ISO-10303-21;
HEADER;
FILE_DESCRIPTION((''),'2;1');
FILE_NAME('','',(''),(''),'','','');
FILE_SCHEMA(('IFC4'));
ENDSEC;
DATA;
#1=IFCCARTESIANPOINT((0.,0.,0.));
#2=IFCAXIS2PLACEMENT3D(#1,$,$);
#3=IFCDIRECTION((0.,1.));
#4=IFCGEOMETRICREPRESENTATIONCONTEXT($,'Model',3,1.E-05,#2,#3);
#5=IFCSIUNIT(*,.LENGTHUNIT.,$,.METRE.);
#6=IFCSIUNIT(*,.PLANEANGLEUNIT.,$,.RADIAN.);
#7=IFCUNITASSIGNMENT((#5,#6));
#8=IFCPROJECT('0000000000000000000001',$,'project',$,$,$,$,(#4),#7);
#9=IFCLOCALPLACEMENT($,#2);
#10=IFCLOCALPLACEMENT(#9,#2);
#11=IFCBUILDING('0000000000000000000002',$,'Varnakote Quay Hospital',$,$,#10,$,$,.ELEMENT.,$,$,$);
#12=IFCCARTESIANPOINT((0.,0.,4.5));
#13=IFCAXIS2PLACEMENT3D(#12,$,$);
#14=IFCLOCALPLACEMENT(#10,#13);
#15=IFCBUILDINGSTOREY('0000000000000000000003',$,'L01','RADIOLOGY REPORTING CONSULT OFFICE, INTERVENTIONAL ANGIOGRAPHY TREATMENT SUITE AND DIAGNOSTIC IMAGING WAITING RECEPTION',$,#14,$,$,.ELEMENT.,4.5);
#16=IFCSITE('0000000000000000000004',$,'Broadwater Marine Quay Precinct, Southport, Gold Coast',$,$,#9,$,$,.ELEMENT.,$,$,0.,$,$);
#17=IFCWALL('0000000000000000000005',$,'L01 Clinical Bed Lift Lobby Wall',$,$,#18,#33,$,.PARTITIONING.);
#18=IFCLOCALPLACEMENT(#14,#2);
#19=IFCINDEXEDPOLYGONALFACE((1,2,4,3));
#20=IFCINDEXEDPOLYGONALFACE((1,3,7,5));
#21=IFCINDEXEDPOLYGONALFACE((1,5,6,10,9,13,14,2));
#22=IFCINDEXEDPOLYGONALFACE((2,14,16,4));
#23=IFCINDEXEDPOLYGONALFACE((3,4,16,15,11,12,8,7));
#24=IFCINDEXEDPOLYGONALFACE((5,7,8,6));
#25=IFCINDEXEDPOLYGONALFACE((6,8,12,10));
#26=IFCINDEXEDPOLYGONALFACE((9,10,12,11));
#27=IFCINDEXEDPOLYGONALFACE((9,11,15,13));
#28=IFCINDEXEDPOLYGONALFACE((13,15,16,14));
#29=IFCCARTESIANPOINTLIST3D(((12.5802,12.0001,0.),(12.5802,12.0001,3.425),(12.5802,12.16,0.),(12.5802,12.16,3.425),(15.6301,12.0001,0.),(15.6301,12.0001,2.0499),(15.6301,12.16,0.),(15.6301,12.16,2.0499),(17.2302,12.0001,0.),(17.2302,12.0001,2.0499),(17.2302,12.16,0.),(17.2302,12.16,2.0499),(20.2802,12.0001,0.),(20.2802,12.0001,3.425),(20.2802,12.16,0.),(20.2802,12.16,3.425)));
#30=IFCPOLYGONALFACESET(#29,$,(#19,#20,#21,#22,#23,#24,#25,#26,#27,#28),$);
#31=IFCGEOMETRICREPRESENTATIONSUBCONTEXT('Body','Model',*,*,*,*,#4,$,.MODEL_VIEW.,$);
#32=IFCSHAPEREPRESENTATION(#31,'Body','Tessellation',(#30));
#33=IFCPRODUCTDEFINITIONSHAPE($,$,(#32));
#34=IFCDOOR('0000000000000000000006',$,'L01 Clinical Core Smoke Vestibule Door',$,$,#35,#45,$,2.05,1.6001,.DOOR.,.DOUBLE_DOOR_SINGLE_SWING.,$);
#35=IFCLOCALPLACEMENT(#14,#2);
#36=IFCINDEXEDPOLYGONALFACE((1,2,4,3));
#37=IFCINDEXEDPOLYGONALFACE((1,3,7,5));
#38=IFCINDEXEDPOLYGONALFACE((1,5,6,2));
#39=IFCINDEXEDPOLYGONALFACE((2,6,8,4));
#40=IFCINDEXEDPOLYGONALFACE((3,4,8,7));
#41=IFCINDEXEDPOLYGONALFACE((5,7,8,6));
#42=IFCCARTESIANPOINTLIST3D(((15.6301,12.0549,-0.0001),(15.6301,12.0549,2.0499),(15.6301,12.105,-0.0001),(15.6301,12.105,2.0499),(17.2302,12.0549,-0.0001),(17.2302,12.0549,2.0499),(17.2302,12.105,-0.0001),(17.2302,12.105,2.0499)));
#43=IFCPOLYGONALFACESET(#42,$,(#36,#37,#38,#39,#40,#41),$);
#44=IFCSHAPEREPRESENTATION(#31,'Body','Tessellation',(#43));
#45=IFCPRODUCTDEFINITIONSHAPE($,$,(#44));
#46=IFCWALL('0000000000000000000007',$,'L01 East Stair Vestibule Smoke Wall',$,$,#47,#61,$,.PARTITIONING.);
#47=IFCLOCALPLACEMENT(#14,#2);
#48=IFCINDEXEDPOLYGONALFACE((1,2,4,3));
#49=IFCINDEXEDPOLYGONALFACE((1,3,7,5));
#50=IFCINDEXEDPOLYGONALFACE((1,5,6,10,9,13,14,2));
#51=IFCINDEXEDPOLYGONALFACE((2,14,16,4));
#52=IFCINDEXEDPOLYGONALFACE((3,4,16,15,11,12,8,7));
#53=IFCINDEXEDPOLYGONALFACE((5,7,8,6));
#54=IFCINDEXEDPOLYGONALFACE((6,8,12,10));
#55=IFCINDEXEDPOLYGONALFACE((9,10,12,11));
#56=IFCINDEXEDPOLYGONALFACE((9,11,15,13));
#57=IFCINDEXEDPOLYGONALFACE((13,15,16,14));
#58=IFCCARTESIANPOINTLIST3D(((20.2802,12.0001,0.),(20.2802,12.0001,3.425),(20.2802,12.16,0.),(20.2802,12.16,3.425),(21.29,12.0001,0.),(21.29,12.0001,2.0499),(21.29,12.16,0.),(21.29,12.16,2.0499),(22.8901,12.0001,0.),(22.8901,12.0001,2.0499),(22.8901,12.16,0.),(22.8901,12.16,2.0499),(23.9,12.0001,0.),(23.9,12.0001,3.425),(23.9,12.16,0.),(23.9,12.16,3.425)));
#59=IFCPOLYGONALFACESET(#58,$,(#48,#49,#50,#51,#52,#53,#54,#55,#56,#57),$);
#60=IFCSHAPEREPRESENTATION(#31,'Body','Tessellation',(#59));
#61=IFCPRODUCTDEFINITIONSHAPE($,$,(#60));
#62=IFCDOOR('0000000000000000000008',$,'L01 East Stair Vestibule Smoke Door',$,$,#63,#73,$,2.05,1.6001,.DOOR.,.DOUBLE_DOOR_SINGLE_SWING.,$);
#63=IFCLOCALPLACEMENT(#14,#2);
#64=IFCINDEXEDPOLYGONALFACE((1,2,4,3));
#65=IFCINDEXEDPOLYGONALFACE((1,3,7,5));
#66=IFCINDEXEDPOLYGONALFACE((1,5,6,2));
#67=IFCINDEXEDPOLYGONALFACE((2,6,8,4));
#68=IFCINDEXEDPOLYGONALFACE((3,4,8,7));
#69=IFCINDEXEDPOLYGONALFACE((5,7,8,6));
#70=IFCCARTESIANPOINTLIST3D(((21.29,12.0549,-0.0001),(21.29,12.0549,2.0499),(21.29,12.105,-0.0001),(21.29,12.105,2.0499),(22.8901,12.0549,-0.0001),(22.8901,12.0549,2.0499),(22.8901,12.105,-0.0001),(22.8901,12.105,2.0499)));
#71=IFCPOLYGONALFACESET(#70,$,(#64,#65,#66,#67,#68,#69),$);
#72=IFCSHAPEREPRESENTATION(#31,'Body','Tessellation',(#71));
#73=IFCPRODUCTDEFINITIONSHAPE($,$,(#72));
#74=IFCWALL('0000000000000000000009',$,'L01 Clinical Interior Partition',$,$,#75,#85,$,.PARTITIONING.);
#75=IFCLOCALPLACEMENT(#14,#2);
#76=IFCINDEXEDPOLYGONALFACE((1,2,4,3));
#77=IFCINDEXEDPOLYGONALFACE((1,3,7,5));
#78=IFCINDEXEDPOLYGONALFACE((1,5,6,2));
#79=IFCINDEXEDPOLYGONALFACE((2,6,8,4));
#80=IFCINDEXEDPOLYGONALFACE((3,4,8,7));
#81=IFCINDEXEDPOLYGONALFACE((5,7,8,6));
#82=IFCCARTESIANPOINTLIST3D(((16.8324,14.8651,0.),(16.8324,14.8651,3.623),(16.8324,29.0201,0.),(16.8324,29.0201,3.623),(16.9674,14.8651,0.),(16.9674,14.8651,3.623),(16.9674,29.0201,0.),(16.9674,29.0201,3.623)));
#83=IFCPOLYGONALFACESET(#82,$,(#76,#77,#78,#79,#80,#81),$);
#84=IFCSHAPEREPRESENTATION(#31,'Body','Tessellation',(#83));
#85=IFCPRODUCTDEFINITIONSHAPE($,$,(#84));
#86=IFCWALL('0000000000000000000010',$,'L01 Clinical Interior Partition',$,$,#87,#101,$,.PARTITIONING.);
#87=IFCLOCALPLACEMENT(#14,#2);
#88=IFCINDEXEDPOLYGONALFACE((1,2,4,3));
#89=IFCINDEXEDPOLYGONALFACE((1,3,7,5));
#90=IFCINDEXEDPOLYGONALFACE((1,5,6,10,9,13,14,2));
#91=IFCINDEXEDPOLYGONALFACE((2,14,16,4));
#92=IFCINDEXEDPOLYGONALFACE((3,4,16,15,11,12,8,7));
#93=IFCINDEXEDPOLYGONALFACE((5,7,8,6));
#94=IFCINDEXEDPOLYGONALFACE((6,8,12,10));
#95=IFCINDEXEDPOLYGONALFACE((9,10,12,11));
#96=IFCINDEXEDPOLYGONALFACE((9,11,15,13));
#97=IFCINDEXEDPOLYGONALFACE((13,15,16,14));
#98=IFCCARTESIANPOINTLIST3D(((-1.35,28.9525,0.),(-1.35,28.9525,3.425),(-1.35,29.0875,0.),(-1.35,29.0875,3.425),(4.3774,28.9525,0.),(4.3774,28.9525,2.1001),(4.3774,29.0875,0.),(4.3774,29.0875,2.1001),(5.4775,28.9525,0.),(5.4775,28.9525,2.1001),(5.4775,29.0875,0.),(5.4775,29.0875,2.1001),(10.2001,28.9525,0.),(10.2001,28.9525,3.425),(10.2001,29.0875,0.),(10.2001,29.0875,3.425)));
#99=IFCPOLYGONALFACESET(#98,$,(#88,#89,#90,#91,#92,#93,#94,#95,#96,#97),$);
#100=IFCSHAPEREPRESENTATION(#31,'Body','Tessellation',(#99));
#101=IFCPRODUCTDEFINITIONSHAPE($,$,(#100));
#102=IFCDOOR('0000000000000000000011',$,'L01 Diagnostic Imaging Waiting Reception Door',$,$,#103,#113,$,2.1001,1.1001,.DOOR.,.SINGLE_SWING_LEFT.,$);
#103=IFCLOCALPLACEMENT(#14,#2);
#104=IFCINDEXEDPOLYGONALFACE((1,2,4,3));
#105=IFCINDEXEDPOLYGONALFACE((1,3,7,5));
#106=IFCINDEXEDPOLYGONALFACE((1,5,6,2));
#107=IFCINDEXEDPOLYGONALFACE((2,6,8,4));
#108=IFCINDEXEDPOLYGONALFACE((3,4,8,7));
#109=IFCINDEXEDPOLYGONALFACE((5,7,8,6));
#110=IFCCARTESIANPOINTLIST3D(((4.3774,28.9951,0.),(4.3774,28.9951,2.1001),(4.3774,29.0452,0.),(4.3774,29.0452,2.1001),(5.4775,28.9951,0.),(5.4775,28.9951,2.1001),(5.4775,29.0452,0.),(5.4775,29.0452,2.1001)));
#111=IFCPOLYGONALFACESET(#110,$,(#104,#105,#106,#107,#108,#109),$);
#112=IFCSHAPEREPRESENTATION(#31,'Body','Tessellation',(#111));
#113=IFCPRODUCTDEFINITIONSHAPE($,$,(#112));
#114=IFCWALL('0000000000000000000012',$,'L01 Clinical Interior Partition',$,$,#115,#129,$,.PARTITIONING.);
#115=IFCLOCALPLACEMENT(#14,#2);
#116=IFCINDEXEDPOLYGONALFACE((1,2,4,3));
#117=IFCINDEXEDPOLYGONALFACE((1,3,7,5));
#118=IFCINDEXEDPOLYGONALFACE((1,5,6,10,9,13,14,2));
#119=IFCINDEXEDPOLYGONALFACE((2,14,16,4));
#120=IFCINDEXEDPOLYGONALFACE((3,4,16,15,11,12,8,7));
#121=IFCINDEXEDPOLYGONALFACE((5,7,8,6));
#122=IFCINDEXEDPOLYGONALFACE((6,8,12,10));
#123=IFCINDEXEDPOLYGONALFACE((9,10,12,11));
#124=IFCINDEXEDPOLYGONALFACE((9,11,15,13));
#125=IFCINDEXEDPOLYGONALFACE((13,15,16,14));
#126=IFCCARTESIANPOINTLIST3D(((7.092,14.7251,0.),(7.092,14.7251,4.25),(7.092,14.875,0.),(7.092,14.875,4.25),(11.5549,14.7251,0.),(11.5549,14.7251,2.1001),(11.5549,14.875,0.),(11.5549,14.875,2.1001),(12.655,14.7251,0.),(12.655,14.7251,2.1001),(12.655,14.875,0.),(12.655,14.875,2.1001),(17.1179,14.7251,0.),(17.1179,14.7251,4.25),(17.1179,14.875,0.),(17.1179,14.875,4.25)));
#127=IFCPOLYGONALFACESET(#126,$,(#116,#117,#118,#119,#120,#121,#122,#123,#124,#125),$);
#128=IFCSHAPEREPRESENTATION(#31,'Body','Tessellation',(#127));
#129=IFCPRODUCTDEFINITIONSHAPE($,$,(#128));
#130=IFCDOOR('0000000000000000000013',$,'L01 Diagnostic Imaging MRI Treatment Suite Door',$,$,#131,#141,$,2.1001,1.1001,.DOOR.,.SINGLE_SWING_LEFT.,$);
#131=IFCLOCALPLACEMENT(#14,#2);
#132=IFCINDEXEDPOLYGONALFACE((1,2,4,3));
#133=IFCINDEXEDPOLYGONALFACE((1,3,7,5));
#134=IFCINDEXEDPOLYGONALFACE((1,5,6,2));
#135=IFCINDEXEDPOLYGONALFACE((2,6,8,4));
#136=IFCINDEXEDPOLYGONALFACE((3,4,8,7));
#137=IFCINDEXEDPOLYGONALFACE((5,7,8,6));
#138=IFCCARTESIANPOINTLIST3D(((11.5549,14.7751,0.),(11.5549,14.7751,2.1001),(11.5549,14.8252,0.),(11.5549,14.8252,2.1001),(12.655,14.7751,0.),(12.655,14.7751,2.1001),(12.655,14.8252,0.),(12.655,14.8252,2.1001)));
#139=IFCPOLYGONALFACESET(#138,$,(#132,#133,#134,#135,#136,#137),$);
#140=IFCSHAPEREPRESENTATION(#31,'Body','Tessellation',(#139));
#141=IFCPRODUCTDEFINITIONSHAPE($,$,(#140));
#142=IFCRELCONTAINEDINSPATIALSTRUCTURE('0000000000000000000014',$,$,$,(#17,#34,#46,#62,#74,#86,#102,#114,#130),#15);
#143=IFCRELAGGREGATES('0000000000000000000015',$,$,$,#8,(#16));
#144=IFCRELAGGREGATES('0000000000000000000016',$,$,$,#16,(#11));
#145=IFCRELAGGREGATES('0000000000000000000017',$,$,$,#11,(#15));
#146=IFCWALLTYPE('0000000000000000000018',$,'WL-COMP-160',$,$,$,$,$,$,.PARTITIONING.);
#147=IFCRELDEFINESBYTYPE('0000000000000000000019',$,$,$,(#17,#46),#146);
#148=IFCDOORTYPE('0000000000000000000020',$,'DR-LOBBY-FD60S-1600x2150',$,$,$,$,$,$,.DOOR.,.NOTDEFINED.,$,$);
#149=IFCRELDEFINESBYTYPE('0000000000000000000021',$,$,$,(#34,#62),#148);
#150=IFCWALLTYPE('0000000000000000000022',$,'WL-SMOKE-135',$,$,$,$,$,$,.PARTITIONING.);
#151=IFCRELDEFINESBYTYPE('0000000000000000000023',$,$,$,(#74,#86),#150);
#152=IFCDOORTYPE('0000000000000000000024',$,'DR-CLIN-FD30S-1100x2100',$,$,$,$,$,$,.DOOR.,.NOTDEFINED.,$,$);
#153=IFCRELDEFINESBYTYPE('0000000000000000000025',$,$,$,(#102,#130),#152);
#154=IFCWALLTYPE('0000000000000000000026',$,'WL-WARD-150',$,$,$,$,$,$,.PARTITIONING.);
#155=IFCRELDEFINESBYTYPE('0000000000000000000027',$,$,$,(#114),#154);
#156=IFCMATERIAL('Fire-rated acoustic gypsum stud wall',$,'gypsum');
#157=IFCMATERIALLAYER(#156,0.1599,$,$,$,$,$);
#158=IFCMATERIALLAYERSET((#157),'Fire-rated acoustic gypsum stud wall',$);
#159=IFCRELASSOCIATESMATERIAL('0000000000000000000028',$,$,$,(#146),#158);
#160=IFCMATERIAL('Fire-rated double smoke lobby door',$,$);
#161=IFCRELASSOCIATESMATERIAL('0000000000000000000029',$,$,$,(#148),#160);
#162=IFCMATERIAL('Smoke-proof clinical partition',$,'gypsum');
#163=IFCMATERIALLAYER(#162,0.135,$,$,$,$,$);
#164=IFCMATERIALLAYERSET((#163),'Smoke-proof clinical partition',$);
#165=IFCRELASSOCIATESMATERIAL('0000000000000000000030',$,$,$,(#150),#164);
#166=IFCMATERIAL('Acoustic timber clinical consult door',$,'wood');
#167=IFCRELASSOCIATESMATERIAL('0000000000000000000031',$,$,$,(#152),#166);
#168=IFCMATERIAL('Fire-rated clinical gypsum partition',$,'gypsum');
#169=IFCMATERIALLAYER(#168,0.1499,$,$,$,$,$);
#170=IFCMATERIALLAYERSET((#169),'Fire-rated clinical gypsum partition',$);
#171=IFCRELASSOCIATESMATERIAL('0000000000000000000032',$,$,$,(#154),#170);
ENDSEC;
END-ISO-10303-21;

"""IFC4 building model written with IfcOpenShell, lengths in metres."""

from ifc_helpers import new_model, si_unit, direction, frame, frame_2d, origin, place, context, subcontext, project, spatial, rectangle, extrude, material, layer, layer_set, type_object, element, fill, save


model = new_model("IFC4")

# Units and contexts
model_context = context("Model", 3, precision=1e-05, world=origin(), true_north=direction((0.0, 1.0)))
body_context = subcontext(model_context, "Body", "Model", "MODEL_VIEW")
ifc_project = project(units=[si_unit("LENGTHUNIT", "METRE"), si_unit("PLANEANGLEUNIT", "RADIAN")], contexts=[model_context])

# Site, building, storey
site_placement = place(None, origin())
site = spatial("IfcSite", under=ifc_project, at=site_placement, Name="Broadwater Marine Quay Precinct, Southport, Gold Coast", CompositionType="ELEMENT", RefElevation=0.0)
building_placement = place(site_placement, origin())
building = spatial("IfcBuilding", under=site, at=building_placement, Name="Varnakote Quay Hospital", CompositionType="ELEMENT")
storey_placement = place(building_placement, frame((0.0, 0.0, 4.5)))
storey = spatial("IfcBuildingStorey", under=building, at=storey_placement, Name="L01", Description="RADIOLOGY REPORTING CONSULT OFFICE, INTERVENTIONAL ANGIOGRAPHY TREATMENT SUITE AND DIAGNOSTIC IMAGING WAITING RECEPTION", CompositionType="ELEMENT", Elevation=4.5)

# Walls, openings, doors
ifc_material_1 = material(Name="Fire-rated acoustic gypsum stud wall", Category="gypsum")
ifc_layer_1 = layer(ifc_material_1, 0.1599)
ifc_layer_set_1 = layer_set([ifc_layer_1], Name="Fire-rated acoustic gypsum stud wall")
wall_type_1 = type_object("IfcWallType", Name="WL-COMP-160", PredefinedType="PARTITIONING", material=ifc_layer_set_1)
wall_1_placement = place(storey_placement, frame((12.5801, 12.0801, 0.0), z_axis=(0.0, 0.0, 1.0), x_axis=(1.0, 0.0, 0.0)))
wall_1 = element("IfcWall", 1, at=wall_1_placement, inside=storey, type_object=wall_type_1, Name="L01 Clinical Bed Lift Lobby Wall", PredefinedType="PARTITIONING", context=body_context, shape_type="SweptSolid", body=[
    extrude(rectangle(XDim=7.7, YDim=0.1599, at=frame_2d((3.8501, 0.0))), origin(), (0.0, 0.0, 1.0), 3.425),
])
opening_1_placement = place(wall_1_placement, frame((3.05, 0.0, 0.0)))
opening_1 = element("IfcOpeningElement", 2, at=opening_1_placement, cuts=wall_1, PredefinedType="OPENING", context=body_context, shape_type="SweptSolid", body=[
    extrude(rectangle(XDim=1.6001, YDim=2.05, at=frame_2d((0.8, 1.0249))), frame((0.0, 0.0898, 0.0), z_axis=(0.0, -1.0, 0.0), x_axis=(1.0, 0.0, 0.0)), (0.0, 0.0, 1.0), 0.1799),
])
ifc_material_2 = material(Name="Fire-rated double smoke lobby door")
door_type_1 = type_object("IfcDoorType", Name="DR-LOBBY-FD60S-1600x2150", OperationType="NOTDEFINED", PredefinedType="DOOR", material=ifc_material_2)
door_1_placement = place(opening_1_placement, origin())
door_1 = element("IfcDoor", 3, at=door_1_placement, inside=storey, type_object=door_type_1, Name="L01 Clinical Core Smoke Vestibule Door", OperationType="DOUBLE_DOOR_SINGLE_SWING", OverallHeight=2.05, OverallWidth=1.6001, PredefinedType="DOOR", context=body_context, shape_type="SweptSolid", body=[
    extrude(rectangle(XDim=1.6001, YDim=2.05, at=frame_2d((0.8, 1.0249))), frame((0.0, 0.0249, 0.0), z_axis=(0.0, -1.0, 0.0), x_axis=(1.0, 0.0, 0.0)), (0.0, 0.0, 1.0), 0.05),
])
fill(opening_1, door_1)
wall_2_placement = place(storey_placement, frame((20.28, 12.0801, 0.0), z_axis=(0.0, 0.0, 1.0), x_axis=(1.0, 0.0, 0.0)))
wall_2 = element("IfcWall", 4, at=wall_2_placement, inside=storey, type_object=wall_type_1, Name="L01 East Stair Vestibule Smoke Wall", PredefinedType="PARTITIONING", context=body_context, shape_type="SweptSolid", body=[
    extrude(rectangle(XDim=3.6199, YDim=0.1599, at=frame_2d((1.8101, 0.0))), origin(), (0.0, 0.0, 1.0), 3.425),
])
opening_2_placement = place(wall_2_placement, frame((1.01, 0.0, 0.0)))
opening_2 = element("IfcOpeningElement", 5, at=opening_2_placement, cuts=wall_2, PredefinedType="OPENING", context=body_context, shape_type="SweptSolid", body=[
    extrude(rectangle(XDim=1.6001, YDim=2.05, at=frame_2d((0.8, 1.0249))), frame((0.0, 0.0898, 0.0), z_axis=(0.0, -1.0, 0.0), x_axis=(1.0, 0.0, 0.0)), (0.0, 0.0, 1.0), 0.1799),
])
door_2_placement = place(opening_2_placement, origin())
door_2 = element("IfcDoor", 6, at=door_2_placement, inside=storey, type_object=door_type_1, Name="L01 East Stair Vestibule Smoke Door", OperationType="DOUBLE_DOOR_SINGLE_SWING", OverallHeight=2.05, OverallWidth=1.6001, PredefinedType="DOOR", context=body_context, shape_type="SweptSolid", body=[
    extrude(rectangle(XDim=1.6001, YDim=2.05, at=frame_2d((0.8, 1.0249))), frame((0.0, 0.0249, 0.0), z_axis=(0.0, -1.0, 0.0), x_axis=(1.0, 0.0, 0.0)), (0.0, 0.0, 1.0), 0.05),
])
fill(opening_2, door_2)

# Wall
ifc_material_3 = material(Name="Smoke-proof clinical partition", Category="gypsum")
ifc_layer_2 = layer(ifc_material_3, 0.135)
ifc_layer_set_2 = layer_set([ifc_layer_2], Name="Smoke-proof clinical partition")
wall_type_2 = type_object("IfcWallType", Name="WL-SMOKE-135", PredefinedType="PARTITIONING", material=ifc_layer_set_2)
wall_3_placement = place(storey_placement, frame((16.8999, 14.865, 0.0), z_axis=(0.0, 0.0, 1.0), x_axis=(0.0, 1.0, 0.0)))
element("IfcWall", 7, at=wall_3_placement, inside=storey, type_object=wall_type_2, Name="L01 Clinical Interior Partition", PredefinedType="PARTITIONING", context=body_context, shape_type="SweptSolid", body=[
    extrude(rectangle(XDim=14.155, YDim=0.135, at=frame_2d((7.0776, 0.0))), origin(), (0.0, 0.0, 1.0), 3.623),
])

# Walls, openings, doors
wall_4_placement = place(storey_placement, frame((10.2, 29.02, 0.0), z_axis=(0.0, 0.0, 1.0), x_axis=(-1.0, 0.0, 0.0)))
wall_4 = element("IfcWall", 8, at=wall_4_placement, inside=storey, type_object=wall_type_2, Name="L01 Clinical Interior Partition", PredefinedType="PARTITIONING", context=body_context, shape_type="SweptSolid", body=[
    extrude(rectangle(XDim=11.55, YDim=0.135, at=frame_2d((5.7749, 0.0))), origin(), (0.0, 0.0, 1.0), 3.425),
])
opening_3_placement = place(wall_4_placement, frame((4.7224, 0.0, 0.0)))
opening_3 = element("IfcOpeningElement", 9, at=opening_3_placement, cuts=wall_4, PredefinedType="OPENING", context=body_context, shape_type="SweptSolid", body=[
    extrude(rectangle(XDim=1.1001, YDim=2.1001, at=frame_2d((0.55, 1.05))), frame((0.0, 0.0774, 0.0), z_axis=(0.0, -1.0, 0.0), x_axis=(1.0, 0.0, 0.0)), (0.0, 0.0, 1.0), 0.155),
])
ifc_material_4 = material(Name="Acoustic timber clinical consult door", Category="wood")
door_type_2 = type_object("IfcDoorType", Name="DR-CLIN-FD30S-1100x2100", OperationType="NOTDEFINED", PredefinedType="DOOR", material=ifc_material_4)
door_3_placement = place(opening_3_placement, origin())
door_3 = element("IfcDoor", 10, at=door_3_placement, inside=storey, type_object=door_type_2, Name="L01 Diagnostic Imaging Waiting Reception Door", OperationType="SINGLE_SWING_LEFT", OverallHeight=2.1001, OverallWidth=1.1001, PredefinedType="DOOR", context=body_context, shape_type="SweptSolid", body=[
    extrude(rectangle(XDim=1.1001, YDim=2.1001, at=frame_2d((0.55, 1.05))), frame((0.0, 0.0249, 0.0), z_axis=(0.0, -1.0, 0.0), x_axis=(1.0, 0.0, 0.0)), (0.0, 0.0, 1.0), 0.05),
])
fill(opening_3, door_3)
ifc_material_5 = material(Name="Fire-rated clinical gypsum partition", Category="gypsum")
ifc_layer_3 = layer(ifc_material_5, 0.1499)
ifc_layer_set_3 = layer_set([ifc_layer_3], Name="Fire-rated clinical gypsum partition")
wall_type_3 = type_object("IfcWallType", Name="WL-WARD-150", PredefinedType="PARTITIONING", material=ifc_layer_set_3)
wall_5_placement = place(storey_placement, frame((17.1179, 14.8, 0.0), z_axis=(0.0, 0.0, 1.0), x_axis=(-1.0, 0.0, 0.0)))
wall_5 = element("IfcWall", 11, at=wall_5_placement, inside=storey, type_object=wall_type_3, Name="L01 Clinical Interior Partition", PredefinedType="PARTITIONING", context=body_context, shape_type="SweptSolid", body=[
    extrude(rectangle(XDim=10.0259, YDim=0.1499, at=frame_2d((5.0129, 0.0))), origin(), (0.0, 0.0, 1.0), 4.25),
])
opening_4_placement = place(wall_5_placement, frame((4.4629, 0.0, 0.0)))
opening_4 = element("IfcOpeningElement", 12, at=opening_4_placement, cuts=wall_5, PredefinedType="OPENING", context=body_context, shape_type="SweptSolid", body=[
    extrude(rectangle(XDim=1.1001, YDim=2.1001, at=frame_2d((0.55, 1.05))), frame((0.0, 0.085, 0.0), z_axis=(0.0, -1.0, 0.0), x_axis=(1.0, 0.0, 0.0)), (0.0, 0.0, 1.0), 0.1699),
])
door_4_placement = place(opening_4_placement, origin())
door_4 = element("IfcDoor", 13, at=door_4_placement, inside=storey, type_object=door_type_2, Name="L01 Diagnostic Imaging MRI Treatment Suite Door", OperationType="SINGLE_SWING_LEFT", OverallHeight=2.1001, OverallWidth=1.1001, PredefinedType="DOOR", context=body_context, shape_type="SweptSolid", body=[
    extrude(rectangle(XDim=1.1001, YDim=2.1001, at=frame_2d((0.55, 1.05))), frame((0.0, 0.0249, 0.0), z_axis=(0.0, -1.0, 0.0), x_axis=(1.0, 0.0, 0.0)), (0.0, 0.0, 1.0), 0.05),
])
fill(opening_4, door_4)

save(model, "model.ifc")
